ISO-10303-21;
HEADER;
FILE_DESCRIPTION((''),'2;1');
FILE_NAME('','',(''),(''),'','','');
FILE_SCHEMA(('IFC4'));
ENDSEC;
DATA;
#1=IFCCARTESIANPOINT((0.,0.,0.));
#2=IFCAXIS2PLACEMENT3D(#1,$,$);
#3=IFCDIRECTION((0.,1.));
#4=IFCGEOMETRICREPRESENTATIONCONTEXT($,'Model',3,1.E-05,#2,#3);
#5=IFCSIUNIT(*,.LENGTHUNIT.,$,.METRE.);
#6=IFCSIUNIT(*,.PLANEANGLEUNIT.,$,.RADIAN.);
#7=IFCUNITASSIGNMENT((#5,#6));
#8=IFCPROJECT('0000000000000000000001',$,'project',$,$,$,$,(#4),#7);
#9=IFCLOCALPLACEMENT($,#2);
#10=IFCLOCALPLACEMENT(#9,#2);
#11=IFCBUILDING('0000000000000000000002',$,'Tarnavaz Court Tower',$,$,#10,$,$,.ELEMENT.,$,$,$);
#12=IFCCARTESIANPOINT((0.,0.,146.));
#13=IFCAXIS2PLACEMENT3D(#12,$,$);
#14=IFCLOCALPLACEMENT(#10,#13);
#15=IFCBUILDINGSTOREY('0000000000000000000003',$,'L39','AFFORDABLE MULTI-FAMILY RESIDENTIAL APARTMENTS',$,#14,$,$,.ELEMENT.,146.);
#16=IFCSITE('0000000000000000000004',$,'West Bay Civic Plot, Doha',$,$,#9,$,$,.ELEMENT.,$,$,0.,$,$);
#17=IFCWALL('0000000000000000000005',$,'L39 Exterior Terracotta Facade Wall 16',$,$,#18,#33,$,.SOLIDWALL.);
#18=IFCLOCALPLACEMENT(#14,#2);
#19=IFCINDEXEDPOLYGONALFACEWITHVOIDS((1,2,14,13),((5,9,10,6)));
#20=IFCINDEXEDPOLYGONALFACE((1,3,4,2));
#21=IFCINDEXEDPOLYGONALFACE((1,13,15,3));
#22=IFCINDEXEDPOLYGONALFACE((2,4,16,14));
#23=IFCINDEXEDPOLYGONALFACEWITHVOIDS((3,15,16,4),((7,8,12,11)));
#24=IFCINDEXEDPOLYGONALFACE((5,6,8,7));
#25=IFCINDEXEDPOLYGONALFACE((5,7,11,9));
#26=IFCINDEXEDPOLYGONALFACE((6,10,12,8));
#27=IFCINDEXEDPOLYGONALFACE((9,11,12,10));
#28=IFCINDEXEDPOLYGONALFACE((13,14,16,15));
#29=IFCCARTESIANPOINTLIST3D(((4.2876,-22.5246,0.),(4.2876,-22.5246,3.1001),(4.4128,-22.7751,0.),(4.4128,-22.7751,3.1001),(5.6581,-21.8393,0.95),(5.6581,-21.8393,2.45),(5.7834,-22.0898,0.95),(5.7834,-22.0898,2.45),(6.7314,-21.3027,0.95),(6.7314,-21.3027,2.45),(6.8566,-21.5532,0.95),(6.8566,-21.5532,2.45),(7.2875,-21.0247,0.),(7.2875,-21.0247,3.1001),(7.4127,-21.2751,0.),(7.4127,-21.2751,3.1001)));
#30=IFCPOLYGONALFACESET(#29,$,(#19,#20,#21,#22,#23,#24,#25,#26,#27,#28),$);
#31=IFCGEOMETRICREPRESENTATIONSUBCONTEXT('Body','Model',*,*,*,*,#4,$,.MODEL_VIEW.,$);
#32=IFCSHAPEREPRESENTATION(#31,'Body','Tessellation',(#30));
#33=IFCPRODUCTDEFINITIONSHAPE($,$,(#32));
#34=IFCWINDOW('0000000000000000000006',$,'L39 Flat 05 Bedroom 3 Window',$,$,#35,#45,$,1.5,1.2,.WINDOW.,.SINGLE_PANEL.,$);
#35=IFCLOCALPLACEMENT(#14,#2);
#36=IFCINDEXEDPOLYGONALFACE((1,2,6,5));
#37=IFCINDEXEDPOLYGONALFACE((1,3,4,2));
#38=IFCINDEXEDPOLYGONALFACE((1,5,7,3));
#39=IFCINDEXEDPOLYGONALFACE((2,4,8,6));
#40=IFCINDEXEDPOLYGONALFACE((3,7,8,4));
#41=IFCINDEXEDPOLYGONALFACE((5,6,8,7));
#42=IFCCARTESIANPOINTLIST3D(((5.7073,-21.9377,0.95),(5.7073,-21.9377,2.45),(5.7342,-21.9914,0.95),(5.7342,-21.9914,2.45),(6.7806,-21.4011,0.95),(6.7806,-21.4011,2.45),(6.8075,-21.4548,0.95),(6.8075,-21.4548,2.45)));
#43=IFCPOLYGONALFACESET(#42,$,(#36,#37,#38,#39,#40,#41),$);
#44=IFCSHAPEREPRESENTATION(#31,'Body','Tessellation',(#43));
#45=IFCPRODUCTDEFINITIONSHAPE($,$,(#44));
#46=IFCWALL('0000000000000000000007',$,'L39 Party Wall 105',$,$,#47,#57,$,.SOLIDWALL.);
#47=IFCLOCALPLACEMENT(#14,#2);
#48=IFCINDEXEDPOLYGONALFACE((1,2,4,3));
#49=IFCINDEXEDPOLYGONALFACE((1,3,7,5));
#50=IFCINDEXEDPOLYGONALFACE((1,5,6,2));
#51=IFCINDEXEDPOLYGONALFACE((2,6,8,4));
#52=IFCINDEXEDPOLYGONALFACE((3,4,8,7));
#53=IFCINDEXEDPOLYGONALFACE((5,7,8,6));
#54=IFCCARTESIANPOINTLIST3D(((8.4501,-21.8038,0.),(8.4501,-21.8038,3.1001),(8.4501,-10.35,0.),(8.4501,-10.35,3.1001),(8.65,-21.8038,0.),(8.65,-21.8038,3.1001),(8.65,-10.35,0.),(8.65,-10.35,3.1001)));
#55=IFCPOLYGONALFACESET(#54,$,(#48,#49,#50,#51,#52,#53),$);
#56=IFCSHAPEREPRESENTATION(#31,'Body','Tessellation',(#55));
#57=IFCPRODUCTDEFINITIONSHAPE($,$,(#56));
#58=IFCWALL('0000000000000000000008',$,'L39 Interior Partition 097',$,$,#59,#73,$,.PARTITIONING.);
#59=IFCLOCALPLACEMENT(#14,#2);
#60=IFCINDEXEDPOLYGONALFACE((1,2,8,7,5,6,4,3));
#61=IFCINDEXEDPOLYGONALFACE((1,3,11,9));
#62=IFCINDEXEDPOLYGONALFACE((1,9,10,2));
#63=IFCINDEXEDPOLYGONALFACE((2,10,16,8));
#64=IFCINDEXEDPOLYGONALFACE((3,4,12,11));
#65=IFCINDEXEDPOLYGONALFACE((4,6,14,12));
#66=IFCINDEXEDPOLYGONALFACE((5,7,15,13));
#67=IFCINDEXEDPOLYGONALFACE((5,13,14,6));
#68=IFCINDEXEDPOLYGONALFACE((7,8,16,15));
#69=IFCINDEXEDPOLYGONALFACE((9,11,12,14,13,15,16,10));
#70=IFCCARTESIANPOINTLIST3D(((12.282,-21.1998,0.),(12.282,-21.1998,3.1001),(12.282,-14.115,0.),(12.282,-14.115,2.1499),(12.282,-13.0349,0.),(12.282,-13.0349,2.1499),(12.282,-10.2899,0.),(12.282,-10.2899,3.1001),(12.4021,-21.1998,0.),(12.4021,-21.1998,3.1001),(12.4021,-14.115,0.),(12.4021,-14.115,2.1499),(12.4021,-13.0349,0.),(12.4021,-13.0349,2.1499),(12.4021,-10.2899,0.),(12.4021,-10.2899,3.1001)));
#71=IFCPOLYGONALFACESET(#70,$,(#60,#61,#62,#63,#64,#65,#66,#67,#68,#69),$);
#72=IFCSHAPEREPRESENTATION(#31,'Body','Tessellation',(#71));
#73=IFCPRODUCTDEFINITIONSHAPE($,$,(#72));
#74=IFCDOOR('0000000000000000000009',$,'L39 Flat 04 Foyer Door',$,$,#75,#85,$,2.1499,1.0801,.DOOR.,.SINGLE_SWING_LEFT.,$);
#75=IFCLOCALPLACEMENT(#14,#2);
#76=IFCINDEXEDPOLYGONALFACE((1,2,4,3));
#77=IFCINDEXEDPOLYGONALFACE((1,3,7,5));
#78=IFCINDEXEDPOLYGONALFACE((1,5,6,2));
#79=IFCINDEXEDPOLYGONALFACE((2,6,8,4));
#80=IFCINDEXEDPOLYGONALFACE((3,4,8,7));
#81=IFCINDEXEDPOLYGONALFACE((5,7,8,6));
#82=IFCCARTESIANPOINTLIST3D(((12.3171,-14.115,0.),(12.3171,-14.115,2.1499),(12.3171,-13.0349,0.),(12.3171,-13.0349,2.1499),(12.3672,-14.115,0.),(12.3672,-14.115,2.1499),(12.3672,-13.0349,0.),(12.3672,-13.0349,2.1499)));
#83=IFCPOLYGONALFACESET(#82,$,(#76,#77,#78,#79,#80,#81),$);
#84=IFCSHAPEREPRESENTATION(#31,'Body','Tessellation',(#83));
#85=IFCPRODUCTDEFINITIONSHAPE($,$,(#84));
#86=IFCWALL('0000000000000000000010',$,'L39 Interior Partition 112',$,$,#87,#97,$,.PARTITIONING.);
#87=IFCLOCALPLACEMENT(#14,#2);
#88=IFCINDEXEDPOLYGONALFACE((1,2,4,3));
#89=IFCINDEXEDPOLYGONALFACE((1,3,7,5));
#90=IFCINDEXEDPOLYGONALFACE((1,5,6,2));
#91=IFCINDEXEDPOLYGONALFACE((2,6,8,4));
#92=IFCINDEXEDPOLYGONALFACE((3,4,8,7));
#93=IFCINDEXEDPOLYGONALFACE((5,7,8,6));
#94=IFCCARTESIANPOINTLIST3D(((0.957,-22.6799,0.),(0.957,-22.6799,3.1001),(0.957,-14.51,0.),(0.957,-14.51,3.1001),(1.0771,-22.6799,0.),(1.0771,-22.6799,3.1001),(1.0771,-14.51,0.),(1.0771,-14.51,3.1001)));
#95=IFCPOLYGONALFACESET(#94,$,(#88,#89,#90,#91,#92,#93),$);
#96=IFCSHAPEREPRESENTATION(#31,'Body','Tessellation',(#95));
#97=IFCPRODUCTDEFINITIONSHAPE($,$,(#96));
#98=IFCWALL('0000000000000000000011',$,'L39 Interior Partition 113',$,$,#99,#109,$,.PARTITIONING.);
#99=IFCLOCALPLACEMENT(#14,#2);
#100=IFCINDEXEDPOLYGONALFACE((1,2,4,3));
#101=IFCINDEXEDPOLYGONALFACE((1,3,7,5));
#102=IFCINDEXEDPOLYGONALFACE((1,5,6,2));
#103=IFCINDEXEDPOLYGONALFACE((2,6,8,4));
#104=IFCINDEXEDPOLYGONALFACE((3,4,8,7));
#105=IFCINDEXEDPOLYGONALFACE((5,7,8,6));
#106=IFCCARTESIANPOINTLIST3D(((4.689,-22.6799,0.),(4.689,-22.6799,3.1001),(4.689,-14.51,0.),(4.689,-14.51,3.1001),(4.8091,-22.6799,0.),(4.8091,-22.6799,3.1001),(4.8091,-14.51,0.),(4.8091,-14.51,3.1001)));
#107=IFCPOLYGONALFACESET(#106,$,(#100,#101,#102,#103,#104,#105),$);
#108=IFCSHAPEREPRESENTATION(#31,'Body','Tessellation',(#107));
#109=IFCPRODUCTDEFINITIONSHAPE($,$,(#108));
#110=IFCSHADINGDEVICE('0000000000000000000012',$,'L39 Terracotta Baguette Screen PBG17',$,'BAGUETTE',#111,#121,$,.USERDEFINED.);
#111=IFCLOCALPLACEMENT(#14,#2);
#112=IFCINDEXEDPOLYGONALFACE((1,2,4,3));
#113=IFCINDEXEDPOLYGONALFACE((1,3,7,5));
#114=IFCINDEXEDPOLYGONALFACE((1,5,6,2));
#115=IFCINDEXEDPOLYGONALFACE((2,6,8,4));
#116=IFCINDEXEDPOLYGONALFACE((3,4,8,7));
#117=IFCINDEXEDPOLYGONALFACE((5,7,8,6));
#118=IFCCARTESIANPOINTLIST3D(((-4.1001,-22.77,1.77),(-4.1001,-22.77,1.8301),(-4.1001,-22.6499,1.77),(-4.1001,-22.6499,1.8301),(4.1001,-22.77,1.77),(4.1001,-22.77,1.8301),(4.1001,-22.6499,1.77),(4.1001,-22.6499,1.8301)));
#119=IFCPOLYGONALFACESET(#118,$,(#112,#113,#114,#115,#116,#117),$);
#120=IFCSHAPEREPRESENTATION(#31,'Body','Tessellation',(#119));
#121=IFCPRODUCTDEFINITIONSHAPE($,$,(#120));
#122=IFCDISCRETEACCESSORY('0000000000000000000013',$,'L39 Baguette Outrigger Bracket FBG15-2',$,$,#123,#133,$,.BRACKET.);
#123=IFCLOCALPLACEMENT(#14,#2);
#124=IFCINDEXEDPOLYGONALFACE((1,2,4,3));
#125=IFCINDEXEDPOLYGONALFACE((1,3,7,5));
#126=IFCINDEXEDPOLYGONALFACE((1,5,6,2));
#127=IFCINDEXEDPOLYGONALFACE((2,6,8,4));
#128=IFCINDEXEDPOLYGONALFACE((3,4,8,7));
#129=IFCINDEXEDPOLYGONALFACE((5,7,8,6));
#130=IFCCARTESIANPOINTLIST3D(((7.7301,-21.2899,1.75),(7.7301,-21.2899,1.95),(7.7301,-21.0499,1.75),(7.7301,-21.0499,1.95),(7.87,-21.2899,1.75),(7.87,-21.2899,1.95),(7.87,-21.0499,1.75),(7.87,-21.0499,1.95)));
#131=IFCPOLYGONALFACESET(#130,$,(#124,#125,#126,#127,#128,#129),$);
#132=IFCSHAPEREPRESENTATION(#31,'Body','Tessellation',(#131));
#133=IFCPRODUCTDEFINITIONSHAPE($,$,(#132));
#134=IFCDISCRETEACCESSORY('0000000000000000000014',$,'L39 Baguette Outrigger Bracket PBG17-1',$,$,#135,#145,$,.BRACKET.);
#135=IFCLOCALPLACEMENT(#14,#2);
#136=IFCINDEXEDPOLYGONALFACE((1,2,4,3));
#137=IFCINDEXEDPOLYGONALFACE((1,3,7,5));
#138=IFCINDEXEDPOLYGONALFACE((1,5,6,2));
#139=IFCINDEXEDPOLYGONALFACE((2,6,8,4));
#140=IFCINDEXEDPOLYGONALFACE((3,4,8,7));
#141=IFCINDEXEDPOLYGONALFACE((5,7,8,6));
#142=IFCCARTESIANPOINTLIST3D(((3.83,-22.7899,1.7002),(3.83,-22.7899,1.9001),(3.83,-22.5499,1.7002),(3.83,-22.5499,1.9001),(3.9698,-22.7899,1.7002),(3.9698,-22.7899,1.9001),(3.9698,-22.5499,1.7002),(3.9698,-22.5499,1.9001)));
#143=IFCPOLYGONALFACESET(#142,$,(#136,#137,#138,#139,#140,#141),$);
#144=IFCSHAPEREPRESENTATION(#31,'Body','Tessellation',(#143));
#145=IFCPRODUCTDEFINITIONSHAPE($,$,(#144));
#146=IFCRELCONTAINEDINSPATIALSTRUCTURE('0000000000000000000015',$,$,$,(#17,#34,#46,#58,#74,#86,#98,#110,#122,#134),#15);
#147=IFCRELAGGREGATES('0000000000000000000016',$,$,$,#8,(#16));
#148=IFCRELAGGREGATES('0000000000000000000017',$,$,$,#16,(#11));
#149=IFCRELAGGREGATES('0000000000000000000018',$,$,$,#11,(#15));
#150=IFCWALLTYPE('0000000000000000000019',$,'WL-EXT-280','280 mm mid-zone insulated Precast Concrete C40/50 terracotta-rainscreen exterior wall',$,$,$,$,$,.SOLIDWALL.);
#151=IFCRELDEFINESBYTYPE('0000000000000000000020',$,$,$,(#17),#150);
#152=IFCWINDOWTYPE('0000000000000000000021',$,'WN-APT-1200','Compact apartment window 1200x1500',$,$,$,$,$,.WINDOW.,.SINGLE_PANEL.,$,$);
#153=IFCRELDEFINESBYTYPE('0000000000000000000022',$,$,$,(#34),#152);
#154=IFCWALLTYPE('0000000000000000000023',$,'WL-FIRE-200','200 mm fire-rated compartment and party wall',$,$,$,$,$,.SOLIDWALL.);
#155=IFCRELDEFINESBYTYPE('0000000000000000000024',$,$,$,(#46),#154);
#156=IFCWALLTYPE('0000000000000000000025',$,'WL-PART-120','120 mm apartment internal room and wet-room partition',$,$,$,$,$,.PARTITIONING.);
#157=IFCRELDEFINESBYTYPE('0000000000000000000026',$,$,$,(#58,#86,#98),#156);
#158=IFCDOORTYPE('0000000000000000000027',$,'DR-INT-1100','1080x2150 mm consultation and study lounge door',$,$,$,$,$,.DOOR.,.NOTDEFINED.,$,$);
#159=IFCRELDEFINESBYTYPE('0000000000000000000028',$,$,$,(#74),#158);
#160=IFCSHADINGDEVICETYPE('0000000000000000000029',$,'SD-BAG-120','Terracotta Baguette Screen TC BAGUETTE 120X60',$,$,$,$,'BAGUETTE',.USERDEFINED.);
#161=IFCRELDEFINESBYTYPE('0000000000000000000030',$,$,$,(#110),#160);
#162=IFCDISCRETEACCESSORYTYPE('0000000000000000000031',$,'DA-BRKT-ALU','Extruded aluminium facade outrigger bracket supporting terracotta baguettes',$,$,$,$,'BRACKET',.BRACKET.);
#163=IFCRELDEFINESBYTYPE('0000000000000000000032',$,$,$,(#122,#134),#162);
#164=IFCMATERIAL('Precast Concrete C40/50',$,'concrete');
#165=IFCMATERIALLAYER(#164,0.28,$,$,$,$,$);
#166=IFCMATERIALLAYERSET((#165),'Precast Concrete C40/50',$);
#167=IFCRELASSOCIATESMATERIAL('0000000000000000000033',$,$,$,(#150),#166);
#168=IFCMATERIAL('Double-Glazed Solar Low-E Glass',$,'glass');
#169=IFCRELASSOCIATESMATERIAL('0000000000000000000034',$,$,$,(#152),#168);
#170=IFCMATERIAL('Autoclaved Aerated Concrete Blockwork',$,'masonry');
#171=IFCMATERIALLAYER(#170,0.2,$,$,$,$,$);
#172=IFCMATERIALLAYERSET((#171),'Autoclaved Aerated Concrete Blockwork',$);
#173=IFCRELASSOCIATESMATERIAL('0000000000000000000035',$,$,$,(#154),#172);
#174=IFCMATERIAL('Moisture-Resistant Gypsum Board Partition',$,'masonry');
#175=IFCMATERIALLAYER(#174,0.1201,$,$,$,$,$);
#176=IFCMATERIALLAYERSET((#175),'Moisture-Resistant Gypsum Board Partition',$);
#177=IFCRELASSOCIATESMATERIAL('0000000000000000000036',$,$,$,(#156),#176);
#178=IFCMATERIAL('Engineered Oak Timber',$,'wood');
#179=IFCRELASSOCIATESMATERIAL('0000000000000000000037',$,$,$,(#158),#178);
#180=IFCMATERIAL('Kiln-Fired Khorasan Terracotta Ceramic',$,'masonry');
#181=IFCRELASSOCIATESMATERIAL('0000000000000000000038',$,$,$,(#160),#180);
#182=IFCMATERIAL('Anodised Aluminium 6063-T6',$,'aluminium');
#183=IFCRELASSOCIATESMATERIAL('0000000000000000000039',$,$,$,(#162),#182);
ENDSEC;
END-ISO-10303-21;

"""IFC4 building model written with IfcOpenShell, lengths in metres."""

from ifc_helpers import new_model, si_unit, direction, frame, frame_2d, origin, origin_2d, place, context, subcontext, project, spatial, rectangle, extrude, material, layer, layer_set, material_profile, profile_set, type_object, element, fill, save


model = new_model("IFC4")

# Units and contexts
model_context = context("Model", 3, precision=1e-05, world=origin(), true_north=direction((0.0, 1.0)))
body_context = subcontext(model_context, "Body", "Model", "MODEL_VIEW")
ifc_project = project(units=[si_unit("LENGTHUNIT", "METRE"), si_unit("PLANEANGLEUNIT", "RADIAN")], contexts=[model_context])

# Site, building, storey
site_placement = place(None, origin())
site = spatial("IfcSite", under=ifc_project, at=site_placement, Name="West Bay Civic Plot, Doha", CompositionType="ELEMENT", RefElevation=0.0)
building_placement = place(site_placement, origin())
building = spatial("IfcBuilding", under=site, at=building_placement, Name="Tarnavaz Court Tower", CompositionType="ELEMENT")
storey_placement = place(building_placement, frame((0.0, 0.0, 146.0)))
storey = spatial("IfcBuildingStorey", under=building, at=storey_placement, Name="L39", Description="AFFORDABLE MULTI-FAMILY RESIDENTIAL APARTMENTS", CompositionType="ELEMENT", Elevation=146.0)

# Shared definitions
ifc_material_1 = material(Name="Anodised Aluminium 6063-T6", Category="aluminium")
ifc_material_2 = material(Name="Double-Glazed Solar Low-E Glass", Category="glass")

# Wall, opening, window
ifc_material_3 = material(Name="Precast Concrete C40/50", Category="concrete")
ifc_layer_1 = layer(ifc_material_3, 0.28)
ifc_layer_set_1 = layer_set([ifc_layer_1], Name="Precast Concrete C40/50")
wall_type_1 = type_object("IfcWallType", Name="WL-EXT-280", Description="280 mm mid-zone insulated Precast Concrete C40/50 terracotta-rainscreen exterior wall", PredefinedType="SOLIDWALL", material=ifc_layer_set_1)
wall_1_placement = place(storey_placement, frame((7.3501, -21.1499, 0.0), z_axis=(0.0, 0.0, 1.0), x_axis=(-0.894427, -0.447214, 0.0)))
wall_1 = element("IfcWall", 1, at=wall_1_placement, inside=storey, type_object=wall_type_1, Name="L39 Exterior Terracotta Facade Wall 16", PredefinedType="SOLIDWALL", context=body_context, shape_type="SweptSolid", body=[
    extrude(rectangle(XDim=3.354, YDim=0.28, at=frame_2d((1.677, 0.0))), origin(), (0.0, 0.0, 1.0), 3.1001),
])
opening_1_placement = place(wall_1_placement, frame((0.6216, 0.0, 0.95)))
opening_1 = element("IfcOpeningElement", 2, at=opening_1_placement, cuts=wall_1, PredefinedType="OPENING", context=body_context, shape_type="SweptSolid", body=[
    extrude(rectangle(XDim=1.2, YDim=1.5, at=frame_2d((0.6001, 0.75))), frame((0.0, 0.1499, 0.0), z_axis=(0.0, -1.0, 0.0), x_axis=(1.0, 0.0, 0.0)), (0.0, 0.0, 1.0), 0.3),
])
window_type = type_object("IfcWindowType", Name="WN-APT-1200", Description="Compact apartment window 1200x1500", PartitioningType="SINGLE_PANEL", PredefinedType="WINDOW", material=ifc_material_2)
window_placement = place(opening_1_placement, origin())
window = element("IfcWindow", 3, at=window_placement, inside=storey, type_object=window_type, Name="L39 Flat 05 Bedroom 3 Window", OverallHeight=1.5, OverallWidth=1.2, PartitioningType="SINGLE_PANEL", PredefinedType="WINDOW", context=body_context, shape_type="SweptSolid", body=[
    extrude(rectangle(XDim=1.2, YDim=1.5, at=frame_2d((0.6001, 0.75))), frame((0.0, 0.03, 0.0), z_axis=(0.0, -1.0, 0.0), x_axis=(1.0, 0.0, 0.0)), (0.0, 0.0, 1.0), 0.0601),
])
fill(opening_1, window)

# Wall
ifc_material_4 = material(Name="Autoclaved Aerated Concrete Blockwork", Category="masonry")
ifc_layer_2 = layer(ifc_material_4, 0.2)
ifc_layer_set_2 = layer_set([ifc_layer_2], Name="Autoclaved Aerated Concrete Blockwork")
wall_type_2 = type_object("IfcWallType", Name="WL-FIRE-200", Description="200 mm fire-rated compartment and party wall", PredefinedType="SOLIDWALL", material=ifc_layer_set_2)
wall_2_placement = place(storey_placement, frame((8.55, -21.804, 0.0), z_axis=(0.0, 0.0, 1.0), x_axis=(0.0, 1.0, 0.0)))
element("IfcWall", 4, at=wall_2_placement, inside=storey, type_object=wall_type_2, Name="L39 Party Wall 105", PredefinedType="SOLIDWALL", context=body_context, shape_type="SweptSolid", body=[
    extrude(rectangle(XDim=11.4539, YDim=0.2, at=frame_2d((5.7271, 0.0))), origin(), (0.0, 0.0, 1.0), 3.1001),
])

# Wall, opening, door
ifc_material_5 = material(Name="Moisture-Resistant Gypsum Board Partition", Category="masonry")
ifc_layer_3 = layer(ifc_material_5, 0.1201)
ifc_layer_set_3 = layer_set([ifc_layer_3], Name="Moisture-Resistant Gypsum Board Partition")
wall_type_3 = type_object("IfcWallType", Name="WL-PART-120", Description="120 mm apartment internal room and wet-room partition", PredefinedType="PARTITIONING", material=ifc_layer_set_3)
wall_3_placement = place(storey_placement, frame((12.342, -21.2, 0.0), z_axis=(0.0, 0.0, 1.0), x_axis=(0.0, 1.0, 0.0)))
wall_3 = element("IfcWall", 5, at=wall_3_placement, inside=storey, type_object=wall_type_3, Name="L39 Interior Partition 097", PredefinedType="PARTITIONING", context=body_context, shape_type="SweptSolid", body=[
    extrude(rectangle(XDim=10.9099, YDim=0.1201, at=frame_2d((5.4551, 0.0))), origin(), (0.0, 0.0, 1.0), 3.1001),
])
opening_2_placement = place(wall_3_placement, frame((7.085, 0.0, 0.0)))
opening_2 = element("IfcOpeningElement", 6, at=opening_2_placement, cuts=wall_3, PredefinedType="OPENING", context=body_context, shape_type="SweptSolid", body=[
    extrude(rectangle(XDim=1.0801, YDim=2.1499, at=frame_2d((0.54, 1.075))), frame((0.0, 0.0701, 0.0), z_axis=(0.0, -1.0, 0.0), x_axis=(1.0, 0.0, 0.0)), (0.0, 0.0, 1.0), 0.1401),
])
ifc_material_6 = material(Name="Engineered Oak Timber", Category="wood")
door_type = type_object("IfcDoorType", Name="DR-INT-1100", Description="1080x2150 mm consultation and study lounge door", OperationType="NOTDEFINED", PredefinedType="DOOR", material=ifc_material_6)
door_placement = place(opening_2_placement, origin())
door = element("IfcDoor", 7, at=door_placement, inside=storey, type_object=door_type, Name="L39 Flat 04 Foyer Door", OperationType="SINGLE_SWING_LEFT", OverallHeight=2.1499, OverallWidth=1.0801, PredefinedType="DOOR", context=body_context, shape_type="SweptSolid", body=[
    extrude(rectangle(XDim=1.0801, YDim=2.1499, at=frame_2d((0.54, 1.075))), frame((0.0, 0.0249, 0.0), z_axis=(0.0, -1.0, 0.0), x_axis=(1.0, 0.0, 0.0)), (0.0, 0.0, 1.0), 0.05),
])
fill(opening_2, door)

# Walls
for number, where, z_axis, x_axis, name in (
    (8, (1.0171, -22.6799, 0.0), (0.0, 0.0, 1.0), (0.0, 1.0, 0.0), "L39 Interior Partition 112"),
    (9, (4.749, -22.6799, 0.0), (0.0, 0.0, 1.0), (0.0, 1.0, 0.0), "L39 Interior Partition 113"),
):
    element("IfcWall", number, at=place(storey_placement, frame(where, z_axis=z_axis, x_axis=x_axis)), inside=storey, type_object=wall_type_3, Name=name, PredefinedType="PARTITIONING", context=body_context, shape_type="SweptSolid", body=[
        extrude(rectangle(XDim=8.1699, YDim=0.1201, at=frame_2d((4.085, 0.0))), origin(), (0.0, 0.0, 1.0), 3.1001),
    ])

# Shading device
ifc_material_7 = material(Name="Kiln-Fired Khorasan Terracotta Ceramic", Category="masonry")
ifc_material_profile_1 = material_profile(ifc_material_7, rectangle(XDim=0.1201, YDim=0.0601, at=origin_2d()), Name="TC BAGUETTE 120X60")
ifc_profile_set_1 = profile_set([ifc_material_profile_1], Name="Kiln-Fired Khorasan Terracotta Ceramic")
shading_device_type = type_object("IfcShadingDeviceType", Name="SD-BAG-120", Description="Terracotta Baguette Screen TC BAGUETTE 120X60", ElementType="BAGUETTE", PredefinedType="USERDEFINED", material=ifc_profile_set_1)
shading_device_placement = place(storey_placement, frame((4.1001, -22.71, 1.8), z_axis=(-1.0, 0.0, 0.0), x_axis=(0.0, -1.0, 0.0)))
element("IfcShadingDevice", 10, at=shading_device_placement, inside=storey, type_object=shading_device_type, Name="L39 Terracotta Baguette Screen PBG17", ObjectType="BAGUETTE", PredefinedType="USERDEFINED", context=body_context, shape_type="SweptSolid", body=[
    extrude(rectangle(XDim=0.1201, YDim=0.0601, at=origin_2d()), origin(), (0.0, 0.0, 1.0), 8.2002),
])

# Discrete accessories
discrete_accessory_type = type_object("IfcDiscreteAccessoryType", Name="DA-BRKT-ALU", Description="Extruded aluminium facade outrigger bracket supporting terracotta baguettes", ElementType="BRACKET", PredefinedType="BRACKET", material=ifc_material_1)
for number, where, z_axis, x_axis, name in (
    (11, (7.8, -21.1699, 1.75), (0.0, 0.0, 1.0), (-1.0, 0.0, 0.0), "L39 Baguette Outrigger Bracket FBG15-2"),
    (12, (3.8999, -22.6699, 1.7002), (0.0, 0.0, 1.0), (-1.0, 0.0, 0.0), "L39 Baguette Outrigger Bracket PBG17-1"),
):
    element("IfcDiscreteAccessory", number, at=place(storey_placement, frame(where, z_axis=z_axis, x_axis=x_axis)), inside=storey, type_object=discrete_accessory_type, Name=name, PredefinedType="BRACKET", context=body_context, shape_type="SweptSolid", body=[
        extrude(rectangle(XDim=0.1399, YDim=0.24, at=origin_2d()), origin(), (0.0, 0.0, 1.0), 0.2),
    ])

save(model, "model.ifc")
